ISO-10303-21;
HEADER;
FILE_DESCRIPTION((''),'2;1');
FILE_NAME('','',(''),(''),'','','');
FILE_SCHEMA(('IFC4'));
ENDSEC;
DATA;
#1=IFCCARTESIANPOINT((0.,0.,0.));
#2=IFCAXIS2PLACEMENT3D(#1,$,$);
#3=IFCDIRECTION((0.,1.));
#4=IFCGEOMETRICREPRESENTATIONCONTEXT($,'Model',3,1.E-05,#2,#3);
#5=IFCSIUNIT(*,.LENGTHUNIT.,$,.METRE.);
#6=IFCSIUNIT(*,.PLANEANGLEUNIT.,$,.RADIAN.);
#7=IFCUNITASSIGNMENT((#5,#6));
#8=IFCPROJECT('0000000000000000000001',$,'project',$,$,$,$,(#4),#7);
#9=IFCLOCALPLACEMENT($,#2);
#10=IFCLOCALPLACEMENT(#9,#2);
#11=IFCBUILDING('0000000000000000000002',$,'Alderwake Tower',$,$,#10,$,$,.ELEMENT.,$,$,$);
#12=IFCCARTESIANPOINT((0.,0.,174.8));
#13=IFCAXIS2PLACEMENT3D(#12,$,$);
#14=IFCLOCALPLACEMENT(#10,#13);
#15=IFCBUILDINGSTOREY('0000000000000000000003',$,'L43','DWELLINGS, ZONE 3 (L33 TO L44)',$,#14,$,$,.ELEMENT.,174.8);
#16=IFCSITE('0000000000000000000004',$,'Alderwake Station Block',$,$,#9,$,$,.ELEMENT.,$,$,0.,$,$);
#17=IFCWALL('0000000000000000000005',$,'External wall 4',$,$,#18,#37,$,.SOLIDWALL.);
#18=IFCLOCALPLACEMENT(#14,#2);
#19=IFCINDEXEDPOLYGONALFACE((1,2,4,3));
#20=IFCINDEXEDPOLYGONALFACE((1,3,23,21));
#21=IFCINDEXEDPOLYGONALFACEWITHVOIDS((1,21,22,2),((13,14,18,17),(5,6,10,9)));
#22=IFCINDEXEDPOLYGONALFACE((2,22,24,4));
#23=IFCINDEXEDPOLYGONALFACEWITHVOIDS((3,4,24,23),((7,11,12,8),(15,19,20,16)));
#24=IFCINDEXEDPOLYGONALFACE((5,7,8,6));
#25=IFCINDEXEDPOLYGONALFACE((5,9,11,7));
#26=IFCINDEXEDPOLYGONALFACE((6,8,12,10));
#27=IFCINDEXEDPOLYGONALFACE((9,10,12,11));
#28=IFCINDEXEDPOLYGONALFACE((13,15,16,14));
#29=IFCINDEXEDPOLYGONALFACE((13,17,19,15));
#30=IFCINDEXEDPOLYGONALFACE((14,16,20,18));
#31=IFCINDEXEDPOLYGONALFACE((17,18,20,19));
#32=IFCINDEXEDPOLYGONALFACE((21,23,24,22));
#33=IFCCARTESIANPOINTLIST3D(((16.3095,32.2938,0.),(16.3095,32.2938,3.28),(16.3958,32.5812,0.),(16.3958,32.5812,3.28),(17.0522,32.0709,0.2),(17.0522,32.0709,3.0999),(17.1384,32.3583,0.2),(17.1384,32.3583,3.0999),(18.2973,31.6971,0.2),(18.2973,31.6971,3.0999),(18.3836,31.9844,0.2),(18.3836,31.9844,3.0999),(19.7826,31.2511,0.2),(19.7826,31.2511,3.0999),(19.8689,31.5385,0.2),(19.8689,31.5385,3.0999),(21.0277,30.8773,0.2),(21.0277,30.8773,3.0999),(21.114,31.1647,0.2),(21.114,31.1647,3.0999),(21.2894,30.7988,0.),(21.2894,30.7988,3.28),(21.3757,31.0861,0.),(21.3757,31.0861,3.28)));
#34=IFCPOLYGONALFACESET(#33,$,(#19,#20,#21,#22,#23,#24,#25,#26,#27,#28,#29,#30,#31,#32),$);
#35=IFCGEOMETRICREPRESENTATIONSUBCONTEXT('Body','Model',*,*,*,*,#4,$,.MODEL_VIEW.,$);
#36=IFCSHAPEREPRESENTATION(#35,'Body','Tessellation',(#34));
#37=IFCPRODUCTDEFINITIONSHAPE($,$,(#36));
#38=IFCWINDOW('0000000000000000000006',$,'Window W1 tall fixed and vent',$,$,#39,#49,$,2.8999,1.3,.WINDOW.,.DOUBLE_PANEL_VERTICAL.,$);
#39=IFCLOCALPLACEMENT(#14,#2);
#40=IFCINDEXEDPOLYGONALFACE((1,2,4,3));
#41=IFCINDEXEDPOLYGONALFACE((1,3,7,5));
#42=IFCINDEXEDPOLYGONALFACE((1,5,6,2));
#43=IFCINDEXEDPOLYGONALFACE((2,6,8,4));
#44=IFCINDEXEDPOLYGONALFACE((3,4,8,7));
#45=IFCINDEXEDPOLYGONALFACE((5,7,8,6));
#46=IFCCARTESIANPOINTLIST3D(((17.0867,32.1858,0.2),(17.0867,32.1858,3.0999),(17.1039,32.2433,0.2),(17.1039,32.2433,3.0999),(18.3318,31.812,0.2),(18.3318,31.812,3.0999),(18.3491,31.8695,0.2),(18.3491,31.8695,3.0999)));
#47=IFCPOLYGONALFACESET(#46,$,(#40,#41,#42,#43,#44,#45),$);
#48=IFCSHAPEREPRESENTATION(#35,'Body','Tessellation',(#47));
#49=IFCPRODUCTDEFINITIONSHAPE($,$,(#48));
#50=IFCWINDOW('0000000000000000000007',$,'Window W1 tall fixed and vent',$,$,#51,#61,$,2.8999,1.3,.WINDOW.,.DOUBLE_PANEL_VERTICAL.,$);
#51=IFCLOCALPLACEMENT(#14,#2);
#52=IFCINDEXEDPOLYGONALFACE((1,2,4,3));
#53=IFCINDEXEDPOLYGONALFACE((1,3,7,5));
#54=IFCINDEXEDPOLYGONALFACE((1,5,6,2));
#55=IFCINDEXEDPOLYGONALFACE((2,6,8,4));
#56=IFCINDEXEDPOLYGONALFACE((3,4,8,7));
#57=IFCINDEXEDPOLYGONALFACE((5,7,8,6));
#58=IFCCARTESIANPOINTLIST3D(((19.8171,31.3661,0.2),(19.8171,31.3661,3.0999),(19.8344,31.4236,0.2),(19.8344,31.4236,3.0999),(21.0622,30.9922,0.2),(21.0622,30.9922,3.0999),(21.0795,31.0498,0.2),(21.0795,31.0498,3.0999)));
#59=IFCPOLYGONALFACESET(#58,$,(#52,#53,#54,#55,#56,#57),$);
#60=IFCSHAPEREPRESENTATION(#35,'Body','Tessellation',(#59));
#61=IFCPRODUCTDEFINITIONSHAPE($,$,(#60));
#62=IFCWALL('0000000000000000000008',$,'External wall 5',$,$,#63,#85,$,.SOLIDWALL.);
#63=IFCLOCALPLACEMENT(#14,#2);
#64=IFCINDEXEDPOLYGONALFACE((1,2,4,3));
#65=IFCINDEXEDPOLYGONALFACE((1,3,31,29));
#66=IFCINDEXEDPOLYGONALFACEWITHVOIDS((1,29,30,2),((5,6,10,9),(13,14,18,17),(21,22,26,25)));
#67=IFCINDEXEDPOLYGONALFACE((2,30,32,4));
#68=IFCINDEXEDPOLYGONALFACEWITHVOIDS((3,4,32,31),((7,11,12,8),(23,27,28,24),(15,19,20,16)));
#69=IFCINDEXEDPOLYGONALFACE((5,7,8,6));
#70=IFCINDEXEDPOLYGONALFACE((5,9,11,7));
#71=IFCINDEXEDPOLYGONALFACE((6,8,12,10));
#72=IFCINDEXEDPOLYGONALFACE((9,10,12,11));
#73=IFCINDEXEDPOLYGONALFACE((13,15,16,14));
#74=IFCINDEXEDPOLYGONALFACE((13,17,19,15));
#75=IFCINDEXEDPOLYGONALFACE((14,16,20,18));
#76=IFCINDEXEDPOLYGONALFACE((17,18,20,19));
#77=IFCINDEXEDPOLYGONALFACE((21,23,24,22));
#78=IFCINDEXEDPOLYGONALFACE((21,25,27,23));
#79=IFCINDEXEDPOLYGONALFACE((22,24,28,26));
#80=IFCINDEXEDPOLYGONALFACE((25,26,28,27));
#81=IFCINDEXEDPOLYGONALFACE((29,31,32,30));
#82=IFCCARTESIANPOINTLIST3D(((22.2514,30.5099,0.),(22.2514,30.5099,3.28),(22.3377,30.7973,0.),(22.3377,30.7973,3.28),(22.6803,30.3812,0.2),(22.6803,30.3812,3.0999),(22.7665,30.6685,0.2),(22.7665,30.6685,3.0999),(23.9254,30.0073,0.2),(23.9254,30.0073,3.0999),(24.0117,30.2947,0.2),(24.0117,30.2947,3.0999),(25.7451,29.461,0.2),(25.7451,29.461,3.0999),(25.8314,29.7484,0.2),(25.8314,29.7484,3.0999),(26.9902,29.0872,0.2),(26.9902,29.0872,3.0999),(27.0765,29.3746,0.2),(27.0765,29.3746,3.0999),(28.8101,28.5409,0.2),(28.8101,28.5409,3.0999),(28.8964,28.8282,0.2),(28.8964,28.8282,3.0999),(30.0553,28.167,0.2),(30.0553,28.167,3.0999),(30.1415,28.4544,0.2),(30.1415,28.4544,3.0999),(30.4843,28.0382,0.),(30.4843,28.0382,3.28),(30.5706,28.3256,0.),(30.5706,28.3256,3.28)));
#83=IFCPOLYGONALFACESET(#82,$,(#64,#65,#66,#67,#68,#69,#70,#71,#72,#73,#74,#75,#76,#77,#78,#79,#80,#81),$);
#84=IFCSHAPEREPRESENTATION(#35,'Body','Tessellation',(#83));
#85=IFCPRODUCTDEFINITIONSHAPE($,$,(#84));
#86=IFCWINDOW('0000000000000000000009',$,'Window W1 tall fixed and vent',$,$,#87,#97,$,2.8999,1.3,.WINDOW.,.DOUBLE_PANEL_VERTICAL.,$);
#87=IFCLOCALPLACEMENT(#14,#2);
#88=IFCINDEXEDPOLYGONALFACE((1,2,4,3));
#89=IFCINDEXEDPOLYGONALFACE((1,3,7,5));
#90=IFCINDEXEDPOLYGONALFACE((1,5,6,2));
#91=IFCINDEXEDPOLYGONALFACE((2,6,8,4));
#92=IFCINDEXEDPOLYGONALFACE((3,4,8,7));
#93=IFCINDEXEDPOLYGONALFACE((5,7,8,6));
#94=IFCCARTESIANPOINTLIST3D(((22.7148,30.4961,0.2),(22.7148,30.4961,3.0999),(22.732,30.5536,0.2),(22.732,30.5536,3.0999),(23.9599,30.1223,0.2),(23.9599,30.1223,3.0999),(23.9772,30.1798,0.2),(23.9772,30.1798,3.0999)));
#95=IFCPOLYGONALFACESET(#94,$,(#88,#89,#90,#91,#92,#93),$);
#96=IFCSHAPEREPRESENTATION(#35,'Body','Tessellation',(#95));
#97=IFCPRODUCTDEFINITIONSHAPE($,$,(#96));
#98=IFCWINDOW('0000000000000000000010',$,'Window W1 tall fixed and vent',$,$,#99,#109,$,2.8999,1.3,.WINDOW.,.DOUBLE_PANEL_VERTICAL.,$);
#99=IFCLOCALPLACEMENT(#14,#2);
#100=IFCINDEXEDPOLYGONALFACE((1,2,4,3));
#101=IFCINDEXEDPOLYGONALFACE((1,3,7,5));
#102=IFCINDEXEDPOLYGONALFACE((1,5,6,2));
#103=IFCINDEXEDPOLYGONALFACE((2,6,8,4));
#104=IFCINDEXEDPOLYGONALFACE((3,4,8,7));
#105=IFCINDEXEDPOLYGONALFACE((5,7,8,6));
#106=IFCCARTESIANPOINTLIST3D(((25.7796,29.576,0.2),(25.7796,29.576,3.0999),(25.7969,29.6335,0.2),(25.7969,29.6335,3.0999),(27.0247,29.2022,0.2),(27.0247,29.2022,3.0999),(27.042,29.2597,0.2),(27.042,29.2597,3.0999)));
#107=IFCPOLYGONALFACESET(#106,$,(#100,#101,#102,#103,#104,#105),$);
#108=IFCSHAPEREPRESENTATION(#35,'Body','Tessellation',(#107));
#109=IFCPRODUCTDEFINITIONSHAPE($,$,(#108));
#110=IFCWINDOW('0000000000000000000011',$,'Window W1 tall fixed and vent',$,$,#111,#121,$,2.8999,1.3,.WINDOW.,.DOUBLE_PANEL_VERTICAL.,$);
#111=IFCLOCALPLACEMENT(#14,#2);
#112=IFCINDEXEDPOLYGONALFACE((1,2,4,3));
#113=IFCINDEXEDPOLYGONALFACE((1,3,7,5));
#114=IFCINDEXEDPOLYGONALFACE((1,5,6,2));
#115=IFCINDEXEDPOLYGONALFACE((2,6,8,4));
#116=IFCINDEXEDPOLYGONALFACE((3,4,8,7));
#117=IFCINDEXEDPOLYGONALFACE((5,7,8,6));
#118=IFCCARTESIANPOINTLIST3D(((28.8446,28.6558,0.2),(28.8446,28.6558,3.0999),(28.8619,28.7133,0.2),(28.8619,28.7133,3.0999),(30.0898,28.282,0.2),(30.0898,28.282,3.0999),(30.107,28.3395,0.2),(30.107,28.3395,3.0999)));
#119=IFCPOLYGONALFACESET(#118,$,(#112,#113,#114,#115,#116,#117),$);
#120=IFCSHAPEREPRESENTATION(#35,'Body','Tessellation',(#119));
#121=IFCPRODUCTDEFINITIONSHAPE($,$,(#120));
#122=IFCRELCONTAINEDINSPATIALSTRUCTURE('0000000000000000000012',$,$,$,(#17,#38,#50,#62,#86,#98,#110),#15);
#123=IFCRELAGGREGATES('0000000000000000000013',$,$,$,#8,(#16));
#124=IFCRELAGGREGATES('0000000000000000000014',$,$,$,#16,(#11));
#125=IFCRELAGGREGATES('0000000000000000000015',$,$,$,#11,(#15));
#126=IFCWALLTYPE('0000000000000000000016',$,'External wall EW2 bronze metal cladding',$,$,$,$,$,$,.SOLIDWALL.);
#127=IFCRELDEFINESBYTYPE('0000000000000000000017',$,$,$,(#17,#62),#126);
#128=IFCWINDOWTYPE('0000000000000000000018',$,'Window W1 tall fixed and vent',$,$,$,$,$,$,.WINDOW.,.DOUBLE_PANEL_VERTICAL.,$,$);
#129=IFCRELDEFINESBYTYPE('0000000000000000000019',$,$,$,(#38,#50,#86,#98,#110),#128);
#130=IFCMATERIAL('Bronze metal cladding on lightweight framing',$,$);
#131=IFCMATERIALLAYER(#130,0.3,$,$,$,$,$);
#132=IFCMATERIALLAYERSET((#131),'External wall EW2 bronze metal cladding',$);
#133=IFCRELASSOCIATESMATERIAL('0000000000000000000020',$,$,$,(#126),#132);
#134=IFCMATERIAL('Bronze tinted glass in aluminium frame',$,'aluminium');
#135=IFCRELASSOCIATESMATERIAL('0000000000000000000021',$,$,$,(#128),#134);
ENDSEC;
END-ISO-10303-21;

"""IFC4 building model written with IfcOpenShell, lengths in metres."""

from ifc_helpers import new_model, si_unit, direction, frame, frame_2d, origin, place, context, subcontext, project, spatial, rectangle, extrude, material, layer, layer_set, type_object, element, fill, save


model = new_model("IFC4")

# Units and contexts
model_context = context("Model", 3, precision=1e-05, world=origin(), true_north=direction((0.0, 1.0)))
body_context = subcontext(model_context, "Body", "Model", "MODEL_VIEW")
ifc_project = project(units=[si_unit("LENGTHUNIT", "METRE"), si_unit("PLANEANGLEUNIT", "RADIAN")], contexts=[model_context])

# Site, building, storey
site_placement = place(None, origin())
site = spatial("IfcSite", under=ifc_project, at=site_placement, Name="Alderwake Station Block", CompositionType="ELEMENT", RefElevation=0.0)
building_placement = place(site_placement, origin())
building = spatial("IfcBuilding", under=site, at=building_placement, Name="Alderwake Tower", CompositionType="ELEMENT")
storey_placement = place(building_placement, frame((0.0, 0.0, 174.8)))
storey = spatial("IfcBuildingStorey", under=building, at=storey_placement, Name="L43", Description="DWELLINGS, ZONE 3 (L33 TO L44)", CompositionType="ELEMENT", Elevation=174.8)

# Walls, openings, windows
ifc_material_1 = material(Name="Bronze metal cladding on lightweight framing")
ifc_layer_1 = layer(ifc_material_1, 0.3)
ifc_layer_set_1 = layer_set([ifc_layer_1], Name="External wall EW2 bronze metal cladding")
wall_type_1 = type_object("IfcWallType", Name="External wall EW2 bronze metal cladding", PredefinedType="SOLIDWALL", material=ifc_layer_set_1)
wall_1_placement = place(storey_placement, frame((16.3528, 32.4375, 0.0), z_axis=(0.0, 0.0, 1.0), x_axis=(0.957767, -0.287546, 0.0)))
wall_1 = element("IfcWall", 1, at=wall_1_placement, inside=storey, type_object=wall_type_1, Name="External wall 4", PredefinedType="SOLIDWALL", context=body_context, shape_type="SweptSolid", body=[
    extrude(rectangle(XDim=5.1995, YDim=0.3, at=frame_2d((2.5996, 0.0))), origin(), (0.0, 0.0, 1.0), 3.28),
])
opening_1_placement = place(wall_1_placement, frame((0.7754, 0.0, 0.2)))
opening_1 = element("IfcOpeningElement", 2, at=opening_1_placement, cuts=wall_1, PredefinedType="OPENING", context=body_context, shape_type="SweptSolid", body=[
    extrude(rectangle(XDim=1.3, YDim=2.8999, at=frame_2d((0.6499, 1.45))), frame((0.0, 0.1599, 0.0), z_axis=(0.0, -1.0, 0.0), x_axis=(1.0, 0.0, 0.0)), (0.0, 0.0, 1.0), 0.3201),
])
opening_2_placement = place(wall_1_placement, frame((3.6262, 0.0, 0.2)))
opening_2 = element("IfcOpeningElement", 3, at=opening_2_placement, cuts=wall_1, PredefinedType="OPENING", context=body_context, shape_type="SweptSolid", body=[
    extrude(rectangle(XDim=1.3, YDim=2.8999, at=frame_2d((0.6499, 1.45))), frame((0.0, 0.1599, 0.0), z_axis=(0.0, -1.0, 0.0), x_axis=(1.0, 0.0, 0.0)), (0.0, 0.0, 1.0), 0.3201),
])
ifc_material_2 = material(Name="Bronze tinted glass in aluminium frame", Category="aluminium")
window_type_1 = type_object("IfcWindowType", Name="Window W1 tall fixed and vent", PartitioningType="DOUBLE_PANEL_VERTICAL", PredefinedType="WINDOW", material=ifc_material_2)
window_1_placement = place(opening_1_placement, origin())
window_1 = element("IfcWindow", 4, at=window_1_placement, inside=storey, type_object=window_type_1, Name="Window W1 tall fixed and vent", OverallHeight=2.8999, OverallWidth=1.3, PartitioningType="DOUBLE_PANEL_VERTICAL", PredefinedType="WINDOW", context=body_context, shape_type="SweptSolid", body=[
    extrude(rectangle(XDim=1.3, YDim=2.8999, at=frame_2d((0.6499, 1.45))), frame((0.0, 0.03, 0.0), z_axis=(0.0, -1.0, 0.0), x_axis=(1.0, 0.0, 0.0)), (0.0, 0.0, 1.0), 0.0601),
])
fill(opening_1, window_1)
window_2_placement = place(opening_2_placement, origin())
window_2 = element("IfcWindow", 5, at=window_2_placement, inside=storey, type_object=window_type_1, Name="Window W1 tall fixed and vent", OverallHeight=2.8999, OverallWidth=1.3, PartitioningType="DOUBLE_PANEL_VERTICAL", PredefinedType="WINDOW", context=body_context, shape_type="SweptSolid", body=[
    extrude(rectangle(XDim=1.3, YDim=2.8999, at=frame_2d((0.6499, 1.45))), frame((0.0, 0.03, 0.0), z_axis=(0.0, -1.0, 0.0), x_axis=(1.0, 0.0, 0.0)), (0.0, 0.0, 1.0), 0.0601),
])
fill(opening_2, window_2)
wall_2_placement = place(storey_placement, frame((22.2947, 30.6536, 0.0), z_axis=(0.0, 0.0, 1.0), x_axis=(0.957768, -0.287541, 0.0)))
wall_2 = element("IfcWall", 6, at=wall_2_placement, inside=storey, type_object=wall_type_1, Name="External wall 5", PredefinedType="SOLIDWALL", context=body_context, shape_type="SweptSolid", body=[
    extrude(rectangle(XDim=8.5959, YDim=0.3, at=frame_2d((4.2979, 0.0))), origin(), (0.0, 0.0, 1.0), 3.28),
])
opening_3_placement = place(wall_2_placement, frame((0.4478, 0.0, 0.2)))
opening_3 = element("IfcOpeningElement", 7, at=opening_3_placement, cuts=wall_2, PredefinedType="OPENING", context=body_context, shape_type="SweptSolid", body=[
    extrude(rectangle(XDim=1.3, YDim=2.8999, at=frame_2d((0.6499, 1.45))), frame((0.0, 0.1599, 0.0), z_axis=(0.0, -1.0, 0.0), x_axis=(1.0, 0.0, 0.0)), (0.0, 0.0, 1.0), 0.3201),
])
opening_4_placement = place(wall_2_placement, frame((3.6477, 0.0, 0.2)))
opening_4 = element("IfcOpeningElement", 8, at=opening_4_placement, cuts=wall_2, PredefinedType="OPENING", context=body_context, shape_type="SweptSolid", body=[
    extrude(rectangle(XDim=1.3, YDim=2.8999, at=frame_2d((0.6499, 1.45))), frame((0.0, 0.1599, 0.0), z_axis=(0.0, -1.0, 0.0), x_axis=(1.0, 0.0, 0.0)), (0.0, 0.0, 1.0), 0.3201),
])
opening_5_placement = place(wall_2_placement, frame((6.8479, 0.0, 0.2)))
opening_5 = element("IfcOpeningElement", 9, at=opening_5_placement, cuts=wall_2, PredefinedType="OPENING", context=body_context, shape_type="SweptSolid", body=[
    extrude(rectangle(XDim=1.3, YDim=2.8999, at=frame_2d((0.6499, 1.45))), frame((0.0, 0.1599, 0.0), z_axis=(0.0, -1.0, 0.0), x_axis=(1.0, 0.0, 0.0)), (0.0, 0.0, 1.0), 0.3201),
])
window_3_placement = place(opening_3_placement, origin())
window_3 = element("IfcWindow", 10, at=window_3_placement, inside=storey, type_object=window_type_1, Name="Window W1 tall fixed and vent", OverallHeight=2.8999, OverallWidth=1.3, PartitioningType="DOUBLE_PANEL_VERTICAL", PredefinedType="WINDOW", context=body_context, shape_type="SweptSolid", body=[
    extrude(rectangle(XDim=1.3, YDim=2.8999, at=frame_2d((0.6499, 1.45))), frame((0.0, 0.03, 0.0), z_axis=(0.0, -1.0, 0.0), x_axis=(1.0, 0.0, 0.0)), (0.0, 0.0, 1.0), 0.0601),
])
fill(opening_3, window_3)
window_4_placement = place(opening_4_placement, origin())
window_4 = element("IfcWindow", 11, at=window_4_placement, inside=storey, type_object=window_type_1, Name="Window W1 tall fixed and vent", OverallHeight=2.8999, OverallWidth=1.3, PartitioningType="DOUBLE_PANEL_VERTICAL", PredefinedType="WINDOW", context=body_context, shape_type="SweptSolid", body=[
    extrude(rectangle(XDim=1.3, YDim=2.8999, at=frame_2d((0.6499, 1.45))), frame((0.0, 0.03, 0.0), z_axis=(0.0, -1.0, 0.0), x_axis=(1.0, 0.0, 0.0)), (0.0, 0.0, 1.0), 0.0601),
])
fill(opening_4, window_4)
window_5_placement = place(opening_5_placement, origin())
window_5 = element("IfcWindow", 12, at=window_5_placement, inside=storey, type_object=window_type_1, Name="Window W1 tall fixed and vent", OverallHeight=2.8999, OverallWidth=1.3, PartitioningType="DOUBLE_PANEL_VERTICAL", PredefinedType="WINDOW", context=body_context, shape_type="SweptSolid", body=[
    extrude(rectangle(XDim=1.3, YDim=2.8999, at=frame_2d((0.6499, 1.45))), frame((0.0, 0.03, 0.0), z_axis=(0.0, -1.0, 0.0), x_axis=(1.0, 0.0, 0.0)), (0.0, 0.0, 1.0), 0.0601),
])
fill(opening_5, window_5)

save(model, "model.ifc")
